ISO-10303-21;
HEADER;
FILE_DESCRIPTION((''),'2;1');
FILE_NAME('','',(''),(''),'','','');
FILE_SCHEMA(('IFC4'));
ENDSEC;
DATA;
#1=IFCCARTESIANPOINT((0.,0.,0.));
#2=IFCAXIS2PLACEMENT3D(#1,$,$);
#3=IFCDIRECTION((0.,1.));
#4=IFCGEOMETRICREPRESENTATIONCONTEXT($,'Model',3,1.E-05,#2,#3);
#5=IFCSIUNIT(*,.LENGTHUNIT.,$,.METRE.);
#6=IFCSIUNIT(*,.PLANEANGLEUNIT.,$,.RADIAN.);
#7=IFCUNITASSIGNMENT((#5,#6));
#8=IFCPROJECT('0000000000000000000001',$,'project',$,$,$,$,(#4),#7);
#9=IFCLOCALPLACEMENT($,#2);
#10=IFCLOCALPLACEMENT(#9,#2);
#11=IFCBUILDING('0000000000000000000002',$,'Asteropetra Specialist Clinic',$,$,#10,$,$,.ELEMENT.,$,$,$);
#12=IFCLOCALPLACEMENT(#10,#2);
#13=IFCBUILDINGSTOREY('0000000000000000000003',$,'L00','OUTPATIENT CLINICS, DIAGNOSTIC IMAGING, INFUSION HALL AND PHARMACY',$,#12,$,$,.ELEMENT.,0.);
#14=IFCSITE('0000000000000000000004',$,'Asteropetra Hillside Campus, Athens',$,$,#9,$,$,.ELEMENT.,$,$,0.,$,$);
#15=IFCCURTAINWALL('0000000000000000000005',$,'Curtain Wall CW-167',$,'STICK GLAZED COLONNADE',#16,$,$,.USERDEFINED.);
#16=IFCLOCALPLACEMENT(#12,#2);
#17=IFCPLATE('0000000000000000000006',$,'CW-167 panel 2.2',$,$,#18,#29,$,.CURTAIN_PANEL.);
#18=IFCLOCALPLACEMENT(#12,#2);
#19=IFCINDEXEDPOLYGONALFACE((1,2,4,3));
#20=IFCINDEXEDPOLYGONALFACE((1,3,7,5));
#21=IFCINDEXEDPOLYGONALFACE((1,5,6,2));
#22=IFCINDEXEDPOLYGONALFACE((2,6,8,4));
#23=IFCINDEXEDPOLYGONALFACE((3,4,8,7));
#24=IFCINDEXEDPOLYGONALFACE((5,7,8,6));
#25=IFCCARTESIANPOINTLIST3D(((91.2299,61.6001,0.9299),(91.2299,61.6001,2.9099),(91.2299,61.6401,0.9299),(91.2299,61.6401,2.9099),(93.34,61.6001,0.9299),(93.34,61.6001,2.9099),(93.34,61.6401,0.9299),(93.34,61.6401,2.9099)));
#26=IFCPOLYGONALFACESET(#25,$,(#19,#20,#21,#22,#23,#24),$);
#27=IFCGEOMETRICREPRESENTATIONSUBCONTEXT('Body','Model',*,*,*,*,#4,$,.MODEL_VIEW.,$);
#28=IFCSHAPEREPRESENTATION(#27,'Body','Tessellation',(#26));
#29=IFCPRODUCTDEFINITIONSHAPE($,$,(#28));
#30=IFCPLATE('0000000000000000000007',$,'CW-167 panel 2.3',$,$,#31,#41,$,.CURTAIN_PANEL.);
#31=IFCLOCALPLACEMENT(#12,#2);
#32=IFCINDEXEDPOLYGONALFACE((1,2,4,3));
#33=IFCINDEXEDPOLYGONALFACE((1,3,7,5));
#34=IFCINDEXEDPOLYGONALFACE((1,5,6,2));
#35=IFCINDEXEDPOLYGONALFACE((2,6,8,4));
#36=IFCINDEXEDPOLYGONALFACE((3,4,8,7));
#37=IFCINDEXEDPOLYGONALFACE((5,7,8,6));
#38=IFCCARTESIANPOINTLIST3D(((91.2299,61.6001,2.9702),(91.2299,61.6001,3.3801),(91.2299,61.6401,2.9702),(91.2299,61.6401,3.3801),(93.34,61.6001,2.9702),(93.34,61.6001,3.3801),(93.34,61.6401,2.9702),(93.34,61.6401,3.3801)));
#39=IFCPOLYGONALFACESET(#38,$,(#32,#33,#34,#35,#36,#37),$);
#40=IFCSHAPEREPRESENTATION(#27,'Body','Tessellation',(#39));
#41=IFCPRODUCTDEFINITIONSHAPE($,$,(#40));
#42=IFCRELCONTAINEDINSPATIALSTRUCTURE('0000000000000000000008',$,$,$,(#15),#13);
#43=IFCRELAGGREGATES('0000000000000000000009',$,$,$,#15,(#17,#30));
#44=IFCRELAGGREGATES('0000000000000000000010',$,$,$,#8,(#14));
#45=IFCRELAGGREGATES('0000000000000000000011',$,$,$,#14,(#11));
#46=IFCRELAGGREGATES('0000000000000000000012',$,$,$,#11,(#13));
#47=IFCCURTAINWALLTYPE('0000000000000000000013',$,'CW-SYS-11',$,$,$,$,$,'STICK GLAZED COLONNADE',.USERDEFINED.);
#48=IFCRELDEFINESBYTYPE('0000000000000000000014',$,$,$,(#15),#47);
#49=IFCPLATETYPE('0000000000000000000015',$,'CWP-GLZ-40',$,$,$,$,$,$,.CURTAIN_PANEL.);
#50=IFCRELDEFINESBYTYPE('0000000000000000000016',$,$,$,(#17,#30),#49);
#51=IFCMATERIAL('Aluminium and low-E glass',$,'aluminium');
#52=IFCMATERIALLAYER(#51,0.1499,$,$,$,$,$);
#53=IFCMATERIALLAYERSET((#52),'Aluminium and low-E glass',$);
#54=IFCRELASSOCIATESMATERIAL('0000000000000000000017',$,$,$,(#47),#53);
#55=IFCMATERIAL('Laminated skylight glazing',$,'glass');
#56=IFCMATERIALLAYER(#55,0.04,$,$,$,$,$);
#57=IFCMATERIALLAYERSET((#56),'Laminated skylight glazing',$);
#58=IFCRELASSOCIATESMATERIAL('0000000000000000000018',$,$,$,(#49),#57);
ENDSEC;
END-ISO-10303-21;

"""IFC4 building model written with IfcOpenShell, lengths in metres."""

from ifc_helpers import new_model, si_unit, direction, frame, origin, origin_2d, place, context, subcontext, project, spatial, rectangle, extrude, material, layer, layer_set, type_object, element, aggregate, save


model = new_model("IFC4")

# Units and contexts
model_context = context("Model", 3, precision=1e-05, world=origin(), true_north=direction((0.0, 1.0)))
body_context = subcontext(model_context, "Body", "Model", "MODEL_VIEW")
ifc_project = project(units=[si_unit("LENGTHUNIT", "METRE"), si_unit("PLANEANGLEUNIT", "RADIAN")], contexts=[model_context])

# Site, building, storey
site_placement = place(None, origin())
site = spatial("IfcSite", under=ifc_project, at=site_placement, Name="Asteropetra Hillside Campus, Athens", CompositionType="ELEMENT", RefElevation=0.0)
building_placement = place(site_placement, origin())
building = spatial("IfcBuilding", under=site, at=building_placement, Name="Asteropetra Specialist Clinic", CompositionType="ELEMENT")
storey_placement = place(building_placement, origin())
storey = spatial("IfcBuildingStorey", under=building, at=storey_placement, Name="L00", Description="OUTPATIENT CLINICS, DIAGNOSTIC IMAGING, INFUSION HALL AND PHARMACY", CompositionType="ELEMENT", Elevation=0.0)

# Curtain wall
ifc_material_1 = material(Name="Aluminium and low-E glass", Category="aluminium")
ifc_layer_1 = layer(ifc_material_1, 0.1499)
ifc_layer_set_1 = layer_set([ifc_layer_1], Name="Aluminium and low-E glass")
curtain_wall_type_1 = type_object("IfcCurtainWallType", Name="CW-SYS-11", ElementType="STICK GLAZED COLONNADE", PredefinedType="USERDEFINED", material=ifc_layer_set_1)
curtain_wall_1_placement = place(storey_placement, origin())
curtain_wall_1 = element("IfcCurtainWall", 1, at=curtain_wall_1_placement, inside=storey, type_object=curtain_wall_type_1, Name="Curtain Wall CW-167", ObjectType="STICK GLAZED COLONNADE", PredefinedType="USERDEFINED")

# Plates
ifc_material_2 = material(Name="Laminated skylight glazing", Category="glass")
ifc_layer_2 = layer(ifc_material_2, 0.04)
ifc_layer_set_2 = layer_set([ifc_layer_2], Name="Laminated skylight glazing")
plate_type = type_object("IfcPlateType", Name="CWP-GLZ-40", PredefinedType="CURTAIN_PANEL", material=ifc_layer_set_2)
plate_1_placement = place(storey_placement, frame((92.2849, 61.6201, 0.9299), z_axis=(0.0, 0.0, 1.0), x_axis=(-1.0, 0.0, 0.0)))
plate_1 = element("IfcPlate", 2, at=plate_1_placement, type_object=plate_type, Name="CW-167 panel 2.2", PredefinedType="CURTAIN_PANEL", context=body_context, shape_type="SweptSolid", body=[
    extrude(rectangle(XDim=2.1101, YDim=0.04, at=origin_2d()), origin(), (0.0, 0.0, 1.0), 1.98),
])
plate_2_placement = place(storey_placement, frame((92.2849, 61.6201, 2.9702), z_axis=(0.0, 0.0, 1.0), x_axis=(-1.0, 0.0, 0.0)))
plate_2 = element("IfcPlate", 3, at=plate_2_placement, type_object=plate_type, Name="CW-167 panel 2.3", PredefinedType="CURTAIN_PANEL", context=body_context, shape_type="SweptSolid", body=[
    extrude(rectangle(XDim=2.1101, YDim=0.04, at=origin_2d()), origin(), (0.0, 0.0, 1.0), 0.4099),
])
aggregate(curtain_wall_1, [plate_1, plate_2])

save(model, "model.ifc")
